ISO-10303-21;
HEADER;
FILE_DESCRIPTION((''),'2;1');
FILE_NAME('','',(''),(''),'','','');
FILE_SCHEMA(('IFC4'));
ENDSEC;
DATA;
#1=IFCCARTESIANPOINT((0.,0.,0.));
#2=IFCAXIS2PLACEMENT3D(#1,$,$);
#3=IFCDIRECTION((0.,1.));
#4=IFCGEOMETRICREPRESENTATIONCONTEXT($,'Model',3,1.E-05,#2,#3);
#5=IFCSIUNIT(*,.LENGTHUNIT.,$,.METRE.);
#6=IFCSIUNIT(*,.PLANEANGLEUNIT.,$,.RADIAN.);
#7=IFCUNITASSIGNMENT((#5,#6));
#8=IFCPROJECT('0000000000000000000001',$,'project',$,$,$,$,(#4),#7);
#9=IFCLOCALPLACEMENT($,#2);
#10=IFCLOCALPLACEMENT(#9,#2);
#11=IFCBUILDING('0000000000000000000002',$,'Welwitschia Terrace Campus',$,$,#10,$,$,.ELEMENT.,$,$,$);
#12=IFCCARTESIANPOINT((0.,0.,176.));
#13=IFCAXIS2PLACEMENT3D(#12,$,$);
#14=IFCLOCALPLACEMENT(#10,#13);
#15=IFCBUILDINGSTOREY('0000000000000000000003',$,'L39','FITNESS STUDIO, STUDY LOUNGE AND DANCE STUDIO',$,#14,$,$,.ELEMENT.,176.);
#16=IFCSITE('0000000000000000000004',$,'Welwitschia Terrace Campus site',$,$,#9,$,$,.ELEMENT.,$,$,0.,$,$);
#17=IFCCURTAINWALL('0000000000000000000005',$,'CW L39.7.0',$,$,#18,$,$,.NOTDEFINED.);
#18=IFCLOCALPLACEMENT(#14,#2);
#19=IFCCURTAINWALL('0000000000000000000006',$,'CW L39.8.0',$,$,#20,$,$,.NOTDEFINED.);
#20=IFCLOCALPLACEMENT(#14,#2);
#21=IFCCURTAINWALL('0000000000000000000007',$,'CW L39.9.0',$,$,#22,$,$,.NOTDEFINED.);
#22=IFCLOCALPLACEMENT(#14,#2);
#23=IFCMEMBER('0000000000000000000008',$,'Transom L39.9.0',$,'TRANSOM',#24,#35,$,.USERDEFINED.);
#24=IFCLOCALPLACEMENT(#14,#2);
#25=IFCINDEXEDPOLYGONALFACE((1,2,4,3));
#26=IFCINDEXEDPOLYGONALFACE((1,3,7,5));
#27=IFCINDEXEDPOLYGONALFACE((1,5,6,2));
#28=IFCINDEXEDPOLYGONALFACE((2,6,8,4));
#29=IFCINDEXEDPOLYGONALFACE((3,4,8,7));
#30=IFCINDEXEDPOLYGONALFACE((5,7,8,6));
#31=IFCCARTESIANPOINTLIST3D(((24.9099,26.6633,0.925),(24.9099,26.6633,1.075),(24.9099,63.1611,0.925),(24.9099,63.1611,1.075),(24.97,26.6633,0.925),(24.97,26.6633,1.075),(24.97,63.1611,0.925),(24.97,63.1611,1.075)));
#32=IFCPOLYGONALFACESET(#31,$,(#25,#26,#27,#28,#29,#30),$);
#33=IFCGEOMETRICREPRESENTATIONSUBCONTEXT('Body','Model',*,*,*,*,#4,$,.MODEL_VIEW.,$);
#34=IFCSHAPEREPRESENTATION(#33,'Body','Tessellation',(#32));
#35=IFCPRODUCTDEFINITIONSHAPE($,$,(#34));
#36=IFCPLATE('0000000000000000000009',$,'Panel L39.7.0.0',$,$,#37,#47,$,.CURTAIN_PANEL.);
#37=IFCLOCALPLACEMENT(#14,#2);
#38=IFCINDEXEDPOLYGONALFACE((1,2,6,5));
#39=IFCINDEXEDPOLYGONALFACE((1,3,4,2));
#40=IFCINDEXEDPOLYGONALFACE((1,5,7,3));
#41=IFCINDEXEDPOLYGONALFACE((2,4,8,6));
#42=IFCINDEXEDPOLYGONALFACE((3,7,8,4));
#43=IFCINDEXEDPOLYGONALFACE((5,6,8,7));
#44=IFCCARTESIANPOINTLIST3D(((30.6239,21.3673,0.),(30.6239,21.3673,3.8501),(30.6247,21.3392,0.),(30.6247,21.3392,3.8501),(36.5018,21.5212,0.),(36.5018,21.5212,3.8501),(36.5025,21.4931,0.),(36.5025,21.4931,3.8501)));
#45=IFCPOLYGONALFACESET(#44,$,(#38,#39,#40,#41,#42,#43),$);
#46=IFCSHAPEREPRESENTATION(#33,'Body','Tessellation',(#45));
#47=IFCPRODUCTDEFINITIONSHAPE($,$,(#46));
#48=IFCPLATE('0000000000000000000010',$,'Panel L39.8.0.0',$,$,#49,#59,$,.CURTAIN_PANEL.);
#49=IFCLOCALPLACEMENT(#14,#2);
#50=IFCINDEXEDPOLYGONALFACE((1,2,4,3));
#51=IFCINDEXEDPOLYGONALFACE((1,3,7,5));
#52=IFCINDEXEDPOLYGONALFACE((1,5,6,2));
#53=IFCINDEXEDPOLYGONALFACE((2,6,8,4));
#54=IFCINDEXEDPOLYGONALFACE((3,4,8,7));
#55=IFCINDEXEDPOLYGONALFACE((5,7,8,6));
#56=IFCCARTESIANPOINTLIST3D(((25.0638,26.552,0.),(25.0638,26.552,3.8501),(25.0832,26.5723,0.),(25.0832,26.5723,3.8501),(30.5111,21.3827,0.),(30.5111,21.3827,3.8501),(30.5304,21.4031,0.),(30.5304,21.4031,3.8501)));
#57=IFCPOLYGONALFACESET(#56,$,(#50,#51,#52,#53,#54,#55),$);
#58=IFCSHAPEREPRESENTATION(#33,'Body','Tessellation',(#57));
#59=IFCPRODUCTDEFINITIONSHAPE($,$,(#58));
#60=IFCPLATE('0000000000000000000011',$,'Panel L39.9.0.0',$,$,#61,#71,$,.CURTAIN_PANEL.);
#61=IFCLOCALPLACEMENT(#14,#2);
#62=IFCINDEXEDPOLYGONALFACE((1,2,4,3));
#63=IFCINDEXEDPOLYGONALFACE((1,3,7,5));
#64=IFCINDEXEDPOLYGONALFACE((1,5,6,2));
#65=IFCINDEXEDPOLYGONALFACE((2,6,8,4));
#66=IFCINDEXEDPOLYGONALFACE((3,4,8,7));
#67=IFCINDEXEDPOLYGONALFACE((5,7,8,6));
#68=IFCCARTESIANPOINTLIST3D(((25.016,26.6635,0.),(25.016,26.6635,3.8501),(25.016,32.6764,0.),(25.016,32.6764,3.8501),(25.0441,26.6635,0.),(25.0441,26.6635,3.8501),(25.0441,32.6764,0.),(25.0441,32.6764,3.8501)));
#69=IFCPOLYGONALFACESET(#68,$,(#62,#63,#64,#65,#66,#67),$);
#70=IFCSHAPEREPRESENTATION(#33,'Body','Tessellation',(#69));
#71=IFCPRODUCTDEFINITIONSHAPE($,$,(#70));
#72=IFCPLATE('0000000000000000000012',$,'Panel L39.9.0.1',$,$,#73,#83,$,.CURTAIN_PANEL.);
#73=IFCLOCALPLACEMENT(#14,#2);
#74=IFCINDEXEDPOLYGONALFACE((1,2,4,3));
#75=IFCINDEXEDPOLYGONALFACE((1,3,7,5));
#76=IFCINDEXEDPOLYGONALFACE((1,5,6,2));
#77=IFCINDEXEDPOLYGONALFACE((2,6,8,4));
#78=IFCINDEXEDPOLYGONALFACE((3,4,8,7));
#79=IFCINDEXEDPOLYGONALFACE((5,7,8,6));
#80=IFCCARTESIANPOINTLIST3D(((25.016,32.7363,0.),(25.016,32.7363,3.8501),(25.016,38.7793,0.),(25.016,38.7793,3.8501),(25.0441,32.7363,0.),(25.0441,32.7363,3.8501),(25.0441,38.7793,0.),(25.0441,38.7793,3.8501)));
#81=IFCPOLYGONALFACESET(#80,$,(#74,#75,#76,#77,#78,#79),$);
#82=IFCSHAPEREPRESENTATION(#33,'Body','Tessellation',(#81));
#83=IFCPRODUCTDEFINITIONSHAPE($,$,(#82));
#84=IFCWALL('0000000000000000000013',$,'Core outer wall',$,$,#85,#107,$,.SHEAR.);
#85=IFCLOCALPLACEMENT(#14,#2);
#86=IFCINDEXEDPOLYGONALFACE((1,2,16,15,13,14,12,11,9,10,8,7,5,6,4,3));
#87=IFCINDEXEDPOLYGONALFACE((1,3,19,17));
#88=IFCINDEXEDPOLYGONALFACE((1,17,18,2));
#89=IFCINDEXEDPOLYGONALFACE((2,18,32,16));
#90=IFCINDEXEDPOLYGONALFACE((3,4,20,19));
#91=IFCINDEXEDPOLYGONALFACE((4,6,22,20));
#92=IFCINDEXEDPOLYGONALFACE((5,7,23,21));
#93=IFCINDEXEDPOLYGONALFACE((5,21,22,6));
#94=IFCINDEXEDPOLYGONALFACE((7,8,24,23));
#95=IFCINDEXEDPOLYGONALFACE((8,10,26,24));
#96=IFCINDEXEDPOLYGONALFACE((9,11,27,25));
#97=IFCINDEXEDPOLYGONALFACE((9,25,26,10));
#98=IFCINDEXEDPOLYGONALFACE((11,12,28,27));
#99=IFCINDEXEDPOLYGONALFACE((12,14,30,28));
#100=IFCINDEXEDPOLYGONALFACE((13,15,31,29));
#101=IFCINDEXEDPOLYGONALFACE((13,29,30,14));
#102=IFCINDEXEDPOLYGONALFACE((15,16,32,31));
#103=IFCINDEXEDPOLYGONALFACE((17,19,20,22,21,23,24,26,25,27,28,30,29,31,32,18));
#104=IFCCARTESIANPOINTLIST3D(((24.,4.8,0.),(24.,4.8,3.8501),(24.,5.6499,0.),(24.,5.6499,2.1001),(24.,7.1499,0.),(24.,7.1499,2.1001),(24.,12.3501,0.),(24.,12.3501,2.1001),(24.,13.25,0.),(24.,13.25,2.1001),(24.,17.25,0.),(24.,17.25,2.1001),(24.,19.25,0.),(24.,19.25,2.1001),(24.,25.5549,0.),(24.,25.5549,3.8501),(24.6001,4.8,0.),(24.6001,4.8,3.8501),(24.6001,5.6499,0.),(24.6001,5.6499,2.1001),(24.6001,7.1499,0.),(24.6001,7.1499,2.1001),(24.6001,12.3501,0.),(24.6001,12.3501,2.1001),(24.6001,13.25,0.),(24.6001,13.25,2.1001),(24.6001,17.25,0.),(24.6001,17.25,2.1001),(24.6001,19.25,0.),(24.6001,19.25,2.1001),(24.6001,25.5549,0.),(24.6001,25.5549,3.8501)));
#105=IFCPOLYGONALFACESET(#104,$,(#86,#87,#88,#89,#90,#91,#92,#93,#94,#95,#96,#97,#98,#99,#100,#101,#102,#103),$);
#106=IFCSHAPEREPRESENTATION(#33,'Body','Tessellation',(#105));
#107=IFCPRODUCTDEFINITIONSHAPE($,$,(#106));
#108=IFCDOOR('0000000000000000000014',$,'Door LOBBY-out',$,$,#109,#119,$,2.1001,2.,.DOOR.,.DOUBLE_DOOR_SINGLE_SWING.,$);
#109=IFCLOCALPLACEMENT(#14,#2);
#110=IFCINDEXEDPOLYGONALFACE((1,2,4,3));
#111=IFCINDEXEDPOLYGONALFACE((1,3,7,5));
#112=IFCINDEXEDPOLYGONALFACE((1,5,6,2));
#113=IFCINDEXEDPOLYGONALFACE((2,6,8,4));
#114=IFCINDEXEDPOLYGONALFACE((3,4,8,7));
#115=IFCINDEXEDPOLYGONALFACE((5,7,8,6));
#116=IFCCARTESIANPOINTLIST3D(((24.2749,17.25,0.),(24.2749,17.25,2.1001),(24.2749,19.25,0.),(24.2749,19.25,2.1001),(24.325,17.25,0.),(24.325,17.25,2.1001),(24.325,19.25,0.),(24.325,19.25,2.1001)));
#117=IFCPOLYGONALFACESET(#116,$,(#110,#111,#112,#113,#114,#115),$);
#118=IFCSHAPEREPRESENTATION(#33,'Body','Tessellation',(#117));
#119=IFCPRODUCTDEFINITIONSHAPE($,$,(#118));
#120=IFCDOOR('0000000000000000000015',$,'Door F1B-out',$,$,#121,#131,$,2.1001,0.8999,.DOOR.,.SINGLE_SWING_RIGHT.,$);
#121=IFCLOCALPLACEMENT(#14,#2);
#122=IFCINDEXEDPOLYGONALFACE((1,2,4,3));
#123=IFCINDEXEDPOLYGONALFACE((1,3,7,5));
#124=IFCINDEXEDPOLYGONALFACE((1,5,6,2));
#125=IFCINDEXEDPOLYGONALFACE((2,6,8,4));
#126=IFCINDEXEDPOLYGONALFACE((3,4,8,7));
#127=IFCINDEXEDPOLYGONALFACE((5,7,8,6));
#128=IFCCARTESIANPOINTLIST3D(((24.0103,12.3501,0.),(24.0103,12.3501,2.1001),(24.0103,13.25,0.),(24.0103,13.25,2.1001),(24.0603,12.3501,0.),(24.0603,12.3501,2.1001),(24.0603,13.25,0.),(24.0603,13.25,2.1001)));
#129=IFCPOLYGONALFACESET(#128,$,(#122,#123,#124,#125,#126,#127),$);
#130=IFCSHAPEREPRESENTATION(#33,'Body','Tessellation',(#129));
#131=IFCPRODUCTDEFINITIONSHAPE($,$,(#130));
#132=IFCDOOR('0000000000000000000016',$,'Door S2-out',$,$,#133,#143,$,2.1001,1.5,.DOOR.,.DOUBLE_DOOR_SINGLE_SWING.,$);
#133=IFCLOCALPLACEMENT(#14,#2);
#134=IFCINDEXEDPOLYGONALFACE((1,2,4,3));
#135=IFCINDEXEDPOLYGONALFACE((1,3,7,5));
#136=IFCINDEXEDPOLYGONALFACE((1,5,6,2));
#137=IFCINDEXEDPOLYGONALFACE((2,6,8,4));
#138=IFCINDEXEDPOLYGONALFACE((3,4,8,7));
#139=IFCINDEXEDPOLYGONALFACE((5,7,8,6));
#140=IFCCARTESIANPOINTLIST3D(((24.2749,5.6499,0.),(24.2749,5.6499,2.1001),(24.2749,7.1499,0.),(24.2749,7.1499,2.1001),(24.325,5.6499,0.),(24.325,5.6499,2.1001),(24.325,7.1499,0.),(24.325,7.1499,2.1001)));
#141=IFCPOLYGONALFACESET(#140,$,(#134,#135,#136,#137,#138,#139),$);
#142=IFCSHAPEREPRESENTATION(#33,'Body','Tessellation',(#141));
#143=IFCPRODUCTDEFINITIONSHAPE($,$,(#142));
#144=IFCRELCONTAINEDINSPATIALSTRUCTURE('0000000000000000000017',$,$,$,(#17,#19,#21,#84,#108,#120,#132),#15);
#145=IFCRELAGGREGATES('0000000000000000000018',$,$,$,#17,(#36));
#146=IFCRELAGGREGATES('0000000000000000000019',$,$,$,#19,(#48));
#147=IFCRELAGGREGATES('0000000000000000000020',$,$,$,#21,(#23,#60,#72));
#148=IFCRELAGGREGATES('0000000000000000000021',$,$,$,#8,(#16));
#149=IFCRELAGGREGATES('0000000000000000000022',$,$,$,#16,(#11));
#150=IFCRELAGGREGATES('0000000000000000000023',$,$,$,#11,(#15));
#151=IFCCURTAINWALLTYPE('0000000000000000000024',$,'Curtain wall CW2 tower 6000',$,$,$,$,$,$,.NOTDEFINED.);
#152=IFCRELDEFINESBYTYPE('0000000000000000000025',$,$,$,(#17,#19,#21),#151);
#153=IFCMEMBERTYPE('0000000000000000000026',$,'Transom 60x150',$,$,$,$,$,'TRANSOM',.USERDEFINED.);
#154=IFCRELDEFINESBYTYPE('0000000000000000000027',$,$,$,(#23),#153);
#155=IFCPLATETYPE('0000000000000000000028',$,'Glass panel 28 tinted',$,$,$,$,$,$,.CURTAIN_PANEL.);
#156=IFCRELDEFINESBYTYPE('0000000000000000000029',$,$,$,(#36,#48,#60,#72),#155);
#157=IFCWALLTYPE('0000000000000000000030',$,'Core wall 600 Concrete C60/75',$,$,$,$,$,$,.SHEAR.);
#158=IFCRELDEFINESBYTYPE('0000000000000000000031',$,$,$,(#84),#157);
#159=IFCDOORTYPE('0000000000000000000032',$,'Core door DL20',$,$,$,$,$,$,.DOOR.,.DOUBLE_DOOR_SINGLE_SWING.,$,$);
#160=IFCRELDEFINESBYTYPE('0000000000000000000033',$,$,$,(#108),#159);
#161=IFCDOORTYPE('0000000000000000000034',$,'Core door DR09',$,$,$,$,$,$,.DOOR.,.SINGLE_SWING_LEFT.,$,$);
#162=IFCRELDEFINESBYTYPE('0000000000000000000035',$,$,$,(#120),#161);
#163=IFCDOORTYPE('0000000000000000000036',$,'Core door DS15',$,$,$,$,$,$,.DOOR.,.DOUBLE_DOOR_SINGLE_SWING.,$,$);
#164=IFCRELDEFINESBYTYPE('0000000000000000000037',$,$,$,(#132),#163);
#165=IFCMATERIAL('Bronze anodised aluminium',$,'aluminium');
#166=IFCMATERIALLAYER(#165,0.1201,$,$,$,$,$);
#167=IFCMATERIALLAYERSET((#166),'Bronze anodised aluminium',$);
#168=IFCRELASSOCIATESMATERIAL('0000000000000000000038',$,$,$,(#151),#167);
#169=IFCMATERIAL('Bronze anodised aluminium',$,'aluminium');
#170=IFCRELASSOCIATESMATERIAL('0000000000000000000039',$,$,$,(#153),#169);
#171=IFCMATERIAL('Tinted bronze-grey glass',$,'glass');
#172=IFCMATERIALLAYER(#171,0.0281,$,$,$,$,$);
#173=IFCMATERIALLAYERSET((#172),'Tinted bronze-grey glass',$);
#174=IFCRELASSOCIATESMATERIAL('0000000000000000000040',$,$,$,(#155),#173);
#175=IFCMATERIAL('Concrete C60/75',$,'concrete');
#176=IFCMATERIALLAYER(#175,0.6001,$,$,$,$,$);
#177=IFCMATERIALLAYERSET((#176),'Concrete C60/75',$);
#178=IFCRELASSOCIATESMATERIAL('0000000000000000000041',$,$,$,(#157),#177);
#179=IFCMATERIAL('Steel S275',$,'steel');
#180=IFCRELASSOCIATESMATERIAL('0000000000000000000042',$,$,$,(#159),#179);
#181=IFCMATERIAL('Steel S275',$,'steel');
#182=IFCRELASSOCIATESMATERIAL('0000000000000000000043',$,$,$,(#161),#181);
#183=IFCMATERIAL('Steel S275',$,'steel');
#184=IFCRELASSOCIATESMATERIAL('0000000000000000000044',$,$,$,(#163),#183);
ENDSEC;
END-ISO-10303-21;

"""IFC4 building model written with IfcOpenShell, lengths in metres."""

from ifc_helpers import new_model, si_unit, direction, frame, frame_2d, origin, origin_2d, place, context, subcontext, project, spatial, rectangle, extrude, material, layer, layer_set, material_profile, profile_set, type_object, element, fill, aggregate, save


model = new_model("IFC4")

# Units and contexts
model_context = context("Model", 3, precision=1e-05, world=origin(), true_north=direction((0.0, 1.0)))
body_context = subcontext(model_context, "Body", "Model", "MODEL_VIEW")
ifc_project = project(units=[si_unit("LENGTHUNIT", "METRE"), si_unit("PLANEANGLEUNIT", "RADIAN")], contexts=[model_context])

# Site, building, storey
site_placement = place(None, origin())
site = spatial("IfcSite", under=ifc_project, at=site_placement, Name="Welwitschia Terrace Campus site", CompositionType="ELEMENT", RefElevation=0.0)
building_placement = place(site_placement, origin())
building = spatial("IfcBuilding", under=site, at=building_placement, Name="Welwitschia Terrace Campus", CompositionType="ELEMENT")
storey_placement = place(building_placement, frame((0.0, 0.0, 176.0)))
storey = spatial("IfcBuildingStorey", under=building, at=storey_placement, Name="L39", Description="FITNESS STUDIO, STUDY LOUNGE AND DANCE STUDIO", CompositionType="ELEMENT", Elevation=176.0)

# Shared definitions
ifc_material_1 = material(Name="Bronze anodised aluminium", Category="aluminium")
ifc_layer_1 = layer(ifc_material_1, 0.1201)
ifc_layer_set_1 = layer_set([ifc_layer_1], Name="Bronze anodised aluminium")
curtain_wall_type = type_object("IfcCurtainWallType", Name="Curtain wall CW2 tower 6000", PredefinedType="NOTDEFINED", material=ifc_layer_set_1)

# Curtain walls
curtain_wall_1_placement = place(storey_placement, origin())
curtain_wall_1 = element("IfcCurtainWall", 1, at=curtain_wall_1_placement, inside=storey, type_object=curtain_wall_type, Name="CW L39.7.0", PredefinedType="NOTDEFINED")
curtain_wall_2_placement = place(storey_placement, origin())
curtain_wall_2 = element("IfcCurtainWall", 2, at=curtain_wall_2_placement, inside=storey, type_object=curtain_wall_type, Name="CW L39.8.0", PredefinedType="NOTDEFINED")
curtain_wall_3_placement = place(storey_placement, origin())
curtain_wall_3 = element("IfcCurtainWall", 3, at=curtain_wall_3_placement, inside=storey, type_object=curtain_wall_type, Name="CW L39.9.0", PredefinedType="NOTDEFINED")

# Member
ifc_material_2 = material(Name="Bronze anodised aluminium", Category="aluminium")
ifc_material_profile_1 = material_profile(ifc_material_2, rectangle(XDim=0.0601, YDim=0.1499, at=origin_2d()))
ifc_profile_set_1 = profile_set([ifc_material_profile_1], Name="Bronze anodised aluminium")
member_type_1 = type_object("IfcMemberType", Name="Transom 60x150", ElementType="TRANSOM", PredefinedType="USERDEFINED", material=ifc_profile_set_1)
member_1_placement = place(storey_placement, frame((24.9399, 26.6633, 1.0), z_axis=(0.0, 1.0, 0.0), x_axis=(-1.0, 0.0, 0.0)))
member_1 = element("IfcMember", 4, at=member_1_placement, type_object=member_type_1, Name="Transom L39.9.0", ObjectType="TRANSOM", PredefinedType="USERDEFINED", context=body_context, shape_type="SweptSolid", body=[
    extrude(rectangle(XDim=0.0601, YDim=0.1499, at=origin_2d()), origin(), (0.0, 0.0, 1.0), 36.4978),
])

# Plates
ifc_material_3 = material(Name="Tinted bronze-grey glass", Category="glass")
ifc_layer_2 = layer(ifc_material_3, 0.0281)
ifc_layer_set_2 = layer_set([ifc_layer_2], Name="Tinted bronze-grey glass")
plate_type = type_object("IfcPlateType", Name="Glass panel 28 tinted", PredefinedType="CURTAIN_PANEL", material=ifc_layer_set_2)
plate_1_placement = place(storey_placement, frame((33.5632, 21.4302, 0.0), z_axis=(0.0, 0.0, 1.0), x_axis=(-0.999657, -0.026177, 0.0)))
plate_1 = element("IfcPlate", 5, at=plate_1_placement, type_object=plate_type, Name="Panel L39.7.0.0", PredefinedType="CURTAIN_PANEL", context=body_context, shape_type="SweptSolid", body=[
    extrude(rectangle(XDim=5.8799, YDim=0.0281, at=origin_2d()), origin(), (0.0, 0.0, 1.0), 3.8501),
])
aggregate(curtain_wall_1, [plate_1])
plate_2_placement = place(storey_placement, frame((27.7971, 23.9775, 0.0), z_axis=(0.0, 0.0, 1.0), x_axis=(-0.725374, 0.688355, 0.0)))
plate_2 = element("IfcPlate", 6, at=plate_2_placement, type_object=plate_type, Name="Panel L39.8.0.0", PredefinedType="CURTAIN_PANEL", context=body_context, shape_type="SweptSolid", body=[
    extrude(rectangle(XDim=7.5095, YDim=0.0281, at=origin_2d()), origin(), (0.0, 0.0, 1.0), 3.8501),
])
aggregate(curtain_wall_2, [plate_2])
plate_3_placement = place(storey_placement, frame((25.03, 29.6699, 0.0), z_axis=(0.0, 0.0, 1.0), x_axis=(0.0, 1.0, 0.0)))
plate_3 = element("IfcPlate", 7, at=plate_3_placement, type_object=plate_type, Name="Panel L39.9.0.0", PredefinedType="CURTAIN_PANEL", context=body_context, shape_type="SweptSolid", body=[
    extrude(rectangle(XDim=6.0129, YDim=0.0281, at=origin_2d()), origin(), (0.0, 0.0, 1.0), 3.8501),
])
plate_4_placement = place(storey_placement, frame((25.03, 35.7578, 0.0), z_axis=(0.0, 0.0, 1.0), x_axis=(0.0, 1.0, 0.0)))
plate_4 = element("IfcPlate", 8, at=plate_4_placement, type_object=plate_type, Name="Panel L39.9.0.1", PredefinedType="CURTAIN_PANEL", context=body_context, shape_type="SweptSolid", body=[
    extrude(rectangle(XDim=6.043, YDim=0.0281, at=origin_2d()), origin(), (0.0, 0.0, 1.0), 3.8501),
])
aggregate(curtain_wall_3, [member_1, plate_3, plate_4])

# Wall, openings, doors
ifc_material_4 = material(Name="Concrete C60/75", Category="concrete")
ifc_layer_3 = layer(ifc_material_4, 0.6001)
ifc_layer_set_3 = layer_set([ifc_layer_3], Name="Concrete C60/75")
wall_type = type_object("IfcWallType", Name="Core wall 600 Concrete C60/75", PredefinedType="SHEAR", material=ifc_layer_set_3)
wall_placement = place(storey_placement, frame((24.3, 25.5549, 0.0), z_axis=(0.0, 0.0, 1.0), x_axis=(0.0, -1.0, 0.0)))
wall = element("IfcWall", 9, at=wall_placement, inside=storey, type_object=wall_type, Name="Core outer wall", PredefinedType="SHEAR", context=body_context, shape_type="SweptSolid", body=[
    extrude(rectangle(XDim=20.7549, YDim=0.6001, at=frame_2d((10.3774, 0.0))), origin(), (0.0, 0.0, 1.0), 3.8501),
])
opening_1_placement = place(wall_placement, frame((18.405, 0.0, 0.0)))
opening_1 = element("IfcOpeningElement", 10, at=opening_1_placement, cuts=wall, PredefinedType="OPENING", context=body_context, shape_type="SweptSolid", body=[
    extrude(rectangle(XDim=1.5, YDim=2.1001, at=frame_2d((0.75, 1.05))), frame((0.0, 0.3101, 0.0), z_axis=(0.0, -1.0, 0.0), x_axis=(1.0, 0.0, 0.0)), (0.0, 0.0, 1.0), 0.6201),
])
opening_2_placement = place(wall_placement, frame((12.3049, 0.0, 0.0)))
opening_2 = element("IfcOpeningElement", 11, at=opening_2_placement, cuts=wall, PredefinedType="OPENING", context=body_context, shape_type="SweptSolid", body=[
    extrude(rectangle(XDim=0.8999, YDim=2.1001, at=frame_2d((0.45, 1.05))), frame((0.0, 0.3101, 0.0), z_axis=(0.0, -1.0, 0.0), x_axis=(1.0, 0.0, 0.0)), (0.0, 0.0, 1.0), 0.6201),
])
opening_3_placement = place(wall_placement, frame((6.3049, 0.0, 0.0)))
opening_3 = element("IfcOpeningElement", 12, at=opening_3_placement, cuts=wall, PredefinedType="OPENING", context=body_context, shape_type="SweptSolid", body=[
    extrude(rectangle(XDim=2.0, YDim=2.1001, at=frame_2d((1.0, 1.05))), frame((0.0, 0.3101, 0.0), z_axis=(0.0, -1.0, 0.0), x_axis=(1.0, 0.0, 0.0)), (0.0, 0.0, 1.0), 0.6201),
])
ifc_material_5 = material(Name="Steel S275", Category="steel")
door_type_1 = type_object("IfcDoorType", Name="Core door DL20", OperationType="DOUBLE_DOOR_SINGLE_SWING", PredefinedType="DOOR", material=ifc_material_5)
door_1_placement = place(opening_3_placement, origin())
door_1 = element("IfcDoor", 13, at=door_1_placement, inside=storey, type_object=door_type_1, Name="Door LOBBY-out", OperationType="DOUBLE_DOOR_SINGLE_SWING", OverallHeight=2.1001, OverallWidth=2.0, PredefinedType="DOOR", context=body_context, shape_type="SweptSolid", body=[
    extrude(rectangle(XDim=2.0, YDim=2.1001, at=frame_2d((1.0, 1.05))), frame((0.0, 0.0249, 0.0), z_axis=(0.0, -1.0, 0.0), x_axis=(1.0, 0.0, 0.0)), (0.0, 0.0, 1.0), 0.05),
])
fill(opening_3, door_1)
ifc_material_6 = material(Name="Steel S275", Category="steel")
door_type_2 = type_object("IfcDoorType", Name="Core door DR09", OperationType="SINGLE_SWING_LEFT", PredefinedType="DOOR", material=ifc_material_6)
door_2_placement = place(opening_2_placement, origin())
door_2 = element("IfcDoor", 14, at=door_2_placement, inside=storey, type_object=door_type_2, Name="Door F1B-out", OperationType="SINGLE_SWING_RIGHT", OverallHeight=2.1001, OverallWidth=0.8999, PredefinedType="DOOR", context=body_context, shape_type="SweptSolid", body=[
    extrude(rectangle(XDim=0.8999, YDim=2.1001, at=frame_2d((0.45, 1.05))), frame((0.0, -0.2397, 0.0), z_axis=(0.0, -1.0, 0.0), x_axis=(1.0, 0.0, 0.0)), (0.0, 0.0, 1.0), 0.05),
])
fill(opening_2, door_2)
ifc_material_7 = material(Name="Steel S275", Category="steel")
door_type_3 = type_object("IfcDoorType", Name="Core door DS15", OperationType="DOUBLE_DOOR_SINGLE_SWING", PredefinedType="DOOR", material=ifc_material_7)
door_3_placement = place(opening_1_placement, origin())
door_3 = element("IfcDoor", 15, at=door_3_placement, inside=storey, type_object=door_type_3, Name="Door S2-out", OperationType="DOUBLE_DOOR_SINGLE_SWING", OverallHeight=2.1001, OverallWidth=1.5, PredefinedType="DOOR", context=body_context, shape_type="SweptSolid", body=[
    extrude(rectangle(XDim=1.5, YDim=2.1001, at=frame_2d((0.75, 1.05))), frame((0.0, 0.0249, 0.0), z_axis=(0.0, -1.0, 0.0), x_axis=(1.0, 0.0, 0.0)), (0.0, 0.0, 1.0), 0.05),
])
fill(opening_1, door_3)

save(model, "model.ifc")
